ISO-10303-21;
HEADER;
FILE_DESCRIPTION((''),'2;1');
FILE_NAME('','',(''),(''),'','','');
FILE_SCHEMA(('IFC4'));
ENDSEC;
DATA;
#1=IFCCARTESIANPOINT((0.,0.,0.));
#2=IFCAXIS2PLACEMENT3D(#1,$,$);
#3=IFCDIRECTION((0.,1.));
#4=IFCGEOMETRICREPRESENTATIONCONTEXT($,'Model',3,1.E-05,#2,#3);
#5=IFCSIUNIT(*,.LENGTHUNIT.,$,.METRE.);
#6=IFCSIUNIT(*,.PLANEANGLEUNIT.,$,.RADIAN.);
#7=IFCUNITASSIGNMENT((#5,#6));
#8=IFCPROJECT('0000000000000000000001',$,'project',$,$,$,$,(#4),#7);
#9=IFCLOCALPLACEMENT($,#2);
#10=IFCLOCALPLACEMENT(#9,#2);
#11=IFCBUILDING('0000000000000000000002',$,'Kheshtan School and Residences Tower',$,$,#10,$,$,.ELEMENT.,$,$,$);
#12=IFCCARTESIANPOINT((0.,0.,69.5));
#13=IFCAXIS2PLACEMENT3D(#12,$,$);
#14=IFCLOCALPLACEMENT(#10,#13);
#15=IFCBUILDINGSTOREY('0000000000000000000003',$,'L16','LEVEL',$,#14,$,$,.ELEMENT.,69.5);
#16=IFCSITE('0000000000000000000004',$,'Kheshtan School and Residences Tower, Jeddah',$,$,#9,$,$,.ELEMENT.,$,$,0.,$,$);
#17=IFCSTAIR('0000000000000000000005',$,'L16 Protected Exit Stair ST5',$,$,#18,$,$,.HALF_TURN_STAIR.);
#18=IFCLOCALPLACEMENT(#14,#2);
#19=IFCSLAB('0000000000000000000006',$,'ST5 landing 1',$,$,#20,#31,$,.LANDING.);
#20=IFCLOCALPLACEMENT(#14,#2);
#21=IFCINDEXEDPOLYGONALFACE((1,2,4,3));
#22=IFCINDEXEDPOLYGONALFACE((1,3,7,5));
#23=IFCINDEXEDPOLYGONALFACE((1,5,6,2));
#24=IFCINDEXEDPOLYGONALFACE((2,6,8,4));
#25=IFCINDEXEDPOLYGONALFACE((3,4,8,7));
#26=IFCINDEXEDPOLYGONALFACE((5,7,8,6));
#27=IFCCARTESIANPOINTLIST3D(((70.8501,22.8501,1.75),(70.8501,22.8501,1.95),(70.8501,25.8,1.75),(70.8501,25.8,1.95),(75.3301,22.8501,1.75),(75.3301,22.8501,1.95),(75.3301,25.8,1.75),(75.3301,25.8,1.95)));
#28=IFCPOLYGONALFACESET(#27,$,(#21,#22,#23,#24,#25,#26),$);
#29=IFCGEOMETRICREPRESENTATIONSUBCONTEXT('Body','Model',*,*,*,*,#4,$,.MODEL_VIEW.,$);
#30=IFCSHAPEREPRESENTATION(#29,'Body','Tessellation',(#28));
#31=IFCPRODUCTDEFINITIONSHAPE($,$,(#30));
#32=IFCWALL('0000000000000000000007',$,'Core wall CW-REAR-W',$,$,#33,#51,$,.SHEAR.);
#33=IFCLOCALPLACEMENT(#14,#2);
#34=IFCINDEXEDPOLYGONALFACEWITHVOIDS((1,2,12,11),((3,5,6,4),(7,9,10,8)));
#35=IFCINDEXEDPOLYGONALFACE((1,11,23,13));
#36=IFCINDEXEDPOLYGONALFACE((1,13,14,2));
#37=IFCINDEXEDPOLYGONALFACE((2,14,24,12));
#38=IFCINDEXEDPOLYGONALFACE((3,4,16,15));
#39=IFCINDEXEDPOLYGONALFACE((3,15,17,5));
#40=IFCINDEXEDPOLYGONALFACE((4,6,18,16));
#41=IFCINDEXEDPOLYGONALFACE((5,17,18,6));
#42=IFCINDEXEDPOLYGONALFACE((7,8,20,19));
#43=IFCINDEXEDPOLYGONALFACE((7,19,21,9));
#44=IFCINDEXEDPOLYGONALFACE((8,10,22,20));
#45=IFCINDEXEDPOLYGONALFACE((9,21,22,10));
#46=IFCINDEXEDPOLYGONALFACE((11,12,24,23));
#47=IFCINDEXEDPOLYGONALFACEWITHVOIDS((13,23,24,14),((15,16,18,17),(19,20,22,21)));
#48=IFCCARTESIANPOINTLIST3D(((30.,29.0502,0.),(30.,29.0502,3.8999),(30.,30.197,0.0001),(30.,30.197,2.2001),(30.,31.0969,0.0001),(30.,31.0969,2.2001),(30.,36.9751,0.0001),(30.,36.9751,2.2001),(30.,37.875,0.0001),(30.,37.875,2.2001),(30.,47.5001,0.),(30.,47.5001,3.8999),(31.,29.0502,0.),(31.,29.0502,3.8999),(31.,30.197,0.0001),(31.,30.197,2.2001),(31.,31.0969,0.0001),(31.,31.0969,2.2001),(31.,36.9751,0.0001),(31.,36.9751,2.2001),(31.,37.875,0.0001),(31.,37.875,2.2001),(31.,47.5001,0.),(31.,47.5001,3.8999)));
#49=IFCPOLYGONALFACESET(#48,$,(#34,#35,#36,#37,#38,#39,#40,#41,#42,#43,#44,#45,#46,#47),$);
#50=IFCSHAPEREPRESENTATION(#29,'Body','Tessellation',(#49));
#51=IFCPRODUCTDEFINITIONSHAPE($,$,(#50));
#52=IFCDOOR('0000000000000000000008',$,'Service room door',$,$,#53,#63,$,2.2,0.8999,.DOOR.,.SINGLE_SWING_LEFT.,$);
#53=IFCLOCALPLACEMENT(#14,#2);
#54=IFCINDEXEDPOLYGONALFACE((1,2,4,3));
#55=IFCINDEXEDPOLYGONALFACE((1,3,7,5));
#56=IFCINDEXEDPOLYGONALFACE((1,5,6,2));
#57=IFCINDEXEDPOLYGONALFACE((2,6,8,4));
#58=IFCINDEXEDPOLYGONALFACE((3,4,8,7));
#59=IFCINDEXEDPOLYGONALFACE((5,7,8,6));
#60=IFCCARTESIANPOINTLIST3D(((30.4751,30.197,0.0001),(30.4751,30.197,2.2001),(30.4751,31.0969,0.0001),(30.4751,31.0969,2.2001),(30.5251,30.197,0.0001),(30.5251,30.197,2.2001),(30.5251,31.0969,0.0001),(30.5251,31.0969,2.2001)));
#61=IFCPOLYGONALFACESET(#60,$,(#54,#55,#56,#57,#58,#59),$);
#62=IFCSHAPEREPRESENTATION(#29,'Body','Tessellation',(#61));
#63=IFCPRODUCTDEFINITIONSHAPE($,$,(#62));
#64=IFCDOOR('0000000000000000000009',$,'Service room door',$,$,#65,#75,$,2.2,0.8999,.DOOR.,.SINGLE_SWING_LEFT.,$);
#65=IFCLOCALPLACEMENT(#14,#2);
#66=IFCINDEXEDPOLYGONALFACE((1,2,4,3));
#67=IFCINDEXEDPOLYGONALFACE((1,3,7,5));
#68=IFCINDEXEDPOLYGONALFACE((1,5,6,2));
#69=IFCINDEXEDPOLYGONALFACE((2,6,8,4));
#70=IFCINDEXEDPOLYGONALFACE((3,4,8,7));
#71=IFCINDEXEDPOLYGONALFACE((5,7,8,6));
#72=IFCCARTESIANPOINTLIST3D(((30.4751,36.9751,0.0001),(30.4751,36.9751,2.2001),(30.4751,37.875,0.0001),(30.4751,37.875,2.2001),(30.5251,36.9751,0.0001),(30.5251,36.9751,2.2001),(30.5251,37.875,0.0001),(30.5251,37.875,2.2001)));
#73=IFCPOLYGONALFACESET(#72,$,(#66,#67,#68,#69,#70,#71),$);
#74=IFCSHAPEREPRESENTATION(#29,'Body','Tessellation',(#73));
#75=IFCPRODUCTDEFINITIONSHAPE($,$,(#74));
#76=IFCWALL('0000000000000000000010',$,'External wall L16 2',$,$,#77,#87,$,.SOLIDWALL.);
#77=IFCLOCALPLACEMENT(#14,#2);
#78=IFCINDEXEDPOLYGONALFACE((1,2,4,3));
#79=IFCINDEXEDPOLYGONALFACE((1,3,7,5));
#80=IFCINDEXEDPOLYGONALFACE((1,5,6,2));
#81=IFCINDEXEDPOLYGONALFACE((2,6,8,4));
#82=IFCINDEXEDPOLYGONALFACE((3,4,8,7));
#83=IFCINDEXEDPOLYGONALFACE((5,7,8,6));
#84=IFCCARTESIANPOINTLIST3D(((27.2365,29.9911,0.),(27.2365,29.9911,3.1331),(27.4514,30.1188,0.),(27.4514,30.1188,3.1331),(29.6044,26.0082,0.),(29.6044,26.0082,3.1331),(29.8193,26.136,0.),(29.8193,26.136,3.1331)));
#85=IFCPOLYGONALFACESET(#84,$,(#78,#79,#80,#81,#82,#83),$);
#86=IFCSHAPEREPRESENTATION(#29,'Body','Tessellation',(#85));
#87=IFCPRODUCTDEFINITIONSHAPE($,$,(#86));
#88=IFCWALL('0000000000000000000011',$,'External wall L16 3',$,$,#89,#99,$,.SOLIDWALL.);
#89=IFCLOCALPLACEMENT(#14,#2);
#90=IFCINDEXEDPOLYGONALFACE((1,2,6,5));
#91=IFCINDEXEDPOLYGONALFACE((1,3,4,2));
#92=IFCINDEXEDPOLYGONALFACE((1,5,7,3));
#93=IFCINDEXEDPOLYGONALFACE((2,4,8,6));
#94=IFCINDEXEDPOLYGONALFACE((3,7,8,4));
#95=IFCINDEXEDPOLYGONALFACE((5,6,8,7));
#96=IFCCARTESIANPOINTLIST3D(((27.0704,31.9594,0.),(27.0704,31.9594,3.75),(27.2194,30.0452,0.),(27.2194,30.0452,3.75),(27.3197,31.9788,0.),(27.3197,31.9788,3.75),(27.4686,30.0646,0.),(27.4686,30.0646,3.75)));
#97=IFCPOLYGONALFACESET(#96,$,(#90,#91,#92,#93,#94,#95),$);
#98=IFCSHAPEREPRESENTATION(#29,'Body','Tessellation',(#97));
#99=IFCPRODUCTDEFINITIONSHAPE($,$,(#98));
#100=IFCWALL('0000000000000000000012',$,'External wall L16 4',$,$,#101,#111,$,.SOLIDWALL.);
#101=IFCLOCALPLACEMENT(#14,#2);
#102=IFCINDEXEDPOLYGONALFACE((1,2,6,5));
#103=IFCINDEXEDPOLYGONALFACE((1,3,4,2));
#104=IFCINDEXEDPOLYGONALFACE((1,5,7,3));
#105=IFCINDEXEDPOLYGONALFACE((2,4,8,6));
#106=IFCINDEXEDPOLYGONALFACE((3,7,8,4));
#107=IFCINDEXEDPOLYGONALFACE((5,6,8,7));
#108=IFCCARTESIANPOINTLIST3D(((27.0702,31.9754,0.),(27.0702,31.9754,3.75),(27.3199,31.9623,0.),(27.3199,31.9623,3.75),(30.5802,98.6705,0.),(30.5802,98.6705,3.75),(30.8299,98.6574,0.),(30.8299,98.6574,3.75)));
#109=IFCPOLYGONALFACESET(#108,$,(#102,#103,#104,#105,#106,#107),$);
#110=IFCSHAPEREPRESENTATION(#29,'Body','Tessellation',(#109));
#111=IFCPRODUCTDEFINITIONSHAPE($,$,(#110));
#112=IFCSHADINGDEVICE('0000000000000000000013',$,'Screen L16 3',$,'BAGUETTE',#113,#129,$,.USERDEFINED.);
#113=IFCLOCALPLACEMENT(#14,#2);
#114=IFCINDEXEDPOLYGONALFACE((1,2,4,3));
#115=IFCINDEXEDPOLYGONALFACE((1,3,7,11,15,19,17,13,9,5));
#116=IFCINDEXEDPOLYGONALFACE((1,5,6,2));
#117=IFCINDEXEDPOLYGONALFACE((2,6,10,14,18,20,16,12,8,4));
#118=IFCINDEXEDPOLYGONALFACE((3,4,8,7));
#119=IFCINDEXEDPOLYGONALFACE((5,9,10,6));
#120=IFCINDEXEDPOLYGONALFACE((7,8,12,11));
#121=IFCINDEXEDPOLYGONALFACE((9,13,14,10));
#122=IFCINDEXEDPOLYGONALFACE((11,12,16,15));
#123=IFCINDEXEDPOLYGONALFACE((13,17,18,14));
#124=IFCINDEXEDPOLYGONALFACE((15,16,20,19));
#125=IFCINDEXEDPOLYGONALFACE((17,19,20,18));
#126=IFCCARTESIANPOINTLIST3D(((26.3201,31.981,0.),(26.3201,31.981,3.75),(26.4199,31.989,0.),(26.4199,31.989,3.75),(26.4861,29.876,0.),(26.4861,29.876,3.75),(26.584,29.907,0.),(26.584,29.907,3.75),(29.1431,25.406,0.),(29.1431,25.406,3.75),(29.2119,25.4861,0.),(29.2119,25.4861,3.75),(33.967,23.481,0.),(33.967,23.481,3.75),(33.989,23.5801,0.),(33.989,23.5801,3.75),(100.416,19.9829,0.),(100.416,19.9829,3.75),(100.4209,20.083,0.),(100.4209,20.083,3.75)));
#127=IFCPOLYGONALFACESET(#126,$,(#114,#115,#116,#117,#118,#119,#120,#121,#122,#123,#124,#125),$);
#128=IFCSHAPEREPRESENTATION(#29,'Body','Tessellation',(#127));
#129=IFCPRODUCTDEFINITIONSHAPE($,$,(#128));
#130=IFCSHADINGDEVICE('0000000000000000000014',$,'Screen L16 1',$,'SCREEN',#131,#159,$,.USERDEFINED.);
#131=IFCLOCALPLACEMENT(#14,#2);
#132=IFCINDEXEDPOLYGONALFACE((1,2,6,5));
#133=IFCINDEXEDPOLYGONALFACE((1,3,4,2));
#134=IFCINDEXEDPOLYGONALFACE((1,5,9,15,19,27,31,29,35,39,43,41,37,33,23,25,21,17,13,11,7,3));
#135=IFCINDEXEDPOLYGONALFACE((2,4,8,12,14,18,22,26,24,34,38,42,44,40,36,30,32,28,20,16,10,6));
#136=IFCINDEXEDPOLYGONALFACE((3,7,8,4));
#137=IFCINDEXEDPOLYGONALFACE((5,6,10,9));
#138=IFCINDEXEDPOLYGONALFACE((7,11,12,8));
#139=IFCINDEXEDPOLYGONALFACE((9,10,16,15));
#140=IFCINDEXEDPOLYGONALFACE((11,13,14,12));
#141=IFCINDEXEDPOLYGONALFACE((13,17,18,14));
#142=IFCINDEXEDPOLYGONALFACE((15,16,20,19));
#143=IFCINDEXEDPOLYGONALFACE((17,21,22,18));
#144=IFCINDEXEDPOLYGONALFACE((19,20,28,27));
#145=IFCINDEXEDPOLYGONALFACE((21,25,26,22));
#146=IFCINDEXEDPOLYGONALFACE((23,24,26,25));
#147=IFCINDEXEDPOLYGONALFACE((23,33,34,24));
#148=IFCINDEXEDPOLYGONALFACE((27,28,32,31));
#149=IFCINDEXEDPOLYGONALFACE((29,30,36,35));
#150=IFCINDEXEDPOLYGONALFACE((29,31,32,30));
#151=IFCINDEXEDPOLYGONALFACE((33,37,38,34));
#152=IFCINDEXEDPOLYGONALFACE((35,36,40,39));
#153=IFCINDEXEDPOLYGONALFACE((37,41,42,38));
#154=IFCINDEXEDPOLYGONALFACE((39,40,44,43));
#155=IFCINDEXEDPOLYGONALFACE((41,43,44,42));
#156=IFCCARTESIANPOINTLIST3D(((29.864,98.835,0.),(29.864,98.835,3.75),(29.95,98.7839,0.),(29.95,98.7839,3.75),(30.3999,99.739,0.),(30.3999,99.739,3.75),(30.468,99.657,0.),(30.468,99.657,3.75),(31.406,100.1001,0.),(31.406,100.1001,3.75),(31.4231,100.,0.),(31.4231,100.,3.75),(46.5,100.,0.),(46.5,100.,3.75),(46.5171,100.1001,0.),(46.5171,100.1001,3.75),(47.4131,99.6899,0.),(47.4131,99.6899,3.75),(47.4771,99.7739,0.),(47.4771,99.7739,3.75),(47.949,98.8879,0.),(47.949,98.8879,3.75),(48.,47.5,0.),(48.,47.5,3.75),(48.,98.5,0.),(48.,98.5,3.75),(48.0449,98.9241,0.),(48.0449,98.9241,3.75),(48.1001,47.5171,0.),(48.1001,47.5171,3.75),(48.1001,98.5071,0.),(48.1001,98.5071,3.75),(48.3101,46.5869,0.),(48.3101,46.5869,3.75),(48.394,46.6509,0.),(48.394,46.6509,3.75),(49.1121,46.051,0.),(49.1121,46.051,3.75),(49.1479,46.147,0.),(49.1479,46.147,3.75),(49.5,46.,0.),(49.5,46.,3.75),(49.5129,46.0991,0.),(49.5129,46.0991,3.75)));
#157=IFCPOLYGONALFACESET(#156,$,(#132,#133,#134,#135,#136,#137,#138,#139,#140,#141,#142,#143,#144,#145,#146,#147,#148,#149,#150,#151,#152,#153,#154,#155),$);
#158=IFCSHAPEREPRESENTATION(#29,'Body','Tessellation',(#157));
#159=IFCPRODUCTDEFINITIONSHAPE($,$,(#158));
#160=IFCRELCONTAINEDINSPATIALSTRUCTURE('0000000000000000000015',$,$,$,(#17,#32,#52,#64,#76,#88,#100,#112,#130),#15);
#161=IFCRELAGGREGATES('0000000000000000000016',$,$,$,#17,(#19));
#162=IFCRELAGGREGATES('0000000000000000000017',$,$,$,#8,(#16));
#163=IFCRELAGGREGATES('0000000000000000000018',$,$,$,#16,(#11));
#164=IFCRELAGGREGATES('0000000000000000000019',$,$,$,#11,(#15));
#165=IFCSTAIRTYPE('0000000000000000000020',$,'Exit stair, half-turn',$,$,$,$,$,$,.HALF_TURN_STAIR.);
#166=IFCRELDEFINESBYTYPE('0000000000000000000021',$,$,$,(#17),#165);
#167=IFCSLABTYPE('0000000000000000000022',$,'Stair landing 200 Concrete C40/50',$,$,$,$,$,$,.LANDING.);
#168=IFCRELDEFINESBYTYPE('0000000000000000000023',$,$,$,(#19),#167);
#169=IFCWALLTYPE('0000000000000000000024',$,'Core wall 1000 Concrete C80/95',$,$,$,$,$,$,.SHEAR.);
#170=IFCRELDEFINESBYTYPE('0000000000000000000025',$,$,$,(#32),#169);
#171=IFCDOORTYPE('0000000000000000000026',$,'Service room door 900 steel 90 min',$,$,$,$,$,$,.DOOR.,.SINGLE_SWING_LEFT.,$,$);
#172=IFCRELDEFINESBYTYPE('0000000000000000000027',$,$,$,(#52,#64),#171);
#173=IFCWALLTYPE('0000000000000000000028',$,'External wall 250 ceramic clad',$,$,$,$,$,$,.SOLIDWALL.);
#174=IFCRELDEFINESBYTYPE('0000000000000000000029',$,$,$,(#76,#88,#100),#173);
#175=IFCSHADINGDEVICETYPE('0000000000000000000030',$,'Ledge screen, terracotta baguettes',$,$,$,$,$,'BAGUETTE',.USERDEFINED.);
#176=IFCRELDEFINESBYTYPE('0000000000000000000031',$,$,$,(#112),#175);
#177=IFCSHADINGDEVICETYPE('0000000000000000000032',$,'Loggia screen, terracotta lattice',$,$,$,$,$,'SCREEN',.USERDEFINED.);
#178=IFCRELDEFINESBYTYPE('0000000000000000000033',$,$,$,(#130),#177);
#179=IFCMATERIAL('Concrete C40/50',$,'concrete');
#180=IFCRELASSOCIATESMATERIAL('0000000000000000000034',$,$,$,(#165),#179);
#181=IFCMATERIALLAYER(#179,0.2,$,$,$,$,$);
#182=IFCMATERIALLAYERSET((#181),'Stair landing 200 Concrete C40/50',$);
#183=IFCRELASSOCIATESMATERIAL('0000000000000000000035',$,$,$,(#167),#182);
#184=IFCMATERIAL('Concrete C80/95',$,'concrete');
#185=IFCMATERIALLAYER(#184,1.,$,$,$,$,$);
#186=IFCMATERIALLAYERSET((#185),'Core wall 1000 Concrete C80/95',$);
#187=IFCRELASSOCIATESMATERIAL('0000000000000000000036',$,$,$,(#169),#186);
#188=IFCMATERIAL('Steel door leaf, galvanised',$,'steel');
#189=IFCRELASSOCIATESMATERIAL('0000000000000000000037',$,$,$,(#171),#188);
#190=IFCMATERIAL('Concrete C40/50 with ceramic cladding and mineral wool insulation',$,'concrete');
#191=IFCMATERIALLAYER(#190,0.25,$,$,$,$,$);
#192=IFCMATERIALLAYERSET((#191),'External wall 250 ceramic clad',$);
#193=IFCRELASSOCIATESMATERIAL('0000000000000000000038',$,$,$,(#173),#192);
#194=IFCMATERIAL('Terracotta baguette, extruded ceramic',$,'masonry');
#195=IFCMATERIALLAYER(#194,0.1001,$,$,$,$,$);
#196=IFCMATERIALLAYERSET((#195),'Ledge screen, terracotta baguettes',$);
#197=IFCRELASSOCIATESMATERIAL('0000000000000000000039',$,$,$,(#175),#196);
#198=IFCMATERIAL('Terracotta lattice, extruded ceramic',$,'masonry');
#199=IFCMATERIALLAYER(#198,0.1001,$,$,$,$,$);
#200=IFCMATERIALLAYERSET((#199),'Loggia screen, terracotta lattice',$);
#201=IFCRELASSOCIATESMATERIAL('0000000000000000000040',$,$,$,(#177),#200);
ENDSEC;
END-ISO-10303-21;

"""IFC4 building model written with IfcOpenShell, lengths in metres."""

from ifc_helpers import new_model, si_unit, direction, frame, frame_2d, origin, place, context, subcontext, project, spatial, polyline, rectangle, outline, extrude, source, transform, mapped, material, layer, layer_set, type_object, element, fill, aggregate, save


model = new_model("IFC4")

# Units and contexts
model_context = context("Model", 3, precision=1e-05, world=origin(), true_north=direction((0.0, 1.0)))
body_context = subcontext(model_context, "Body", "Model", "MODEL_VIEW")
ifc_project = project(units=[si_unit("LENGTHUNIT", "METRE"), si_unit("PLANEANGLEUNIT", "RADIAN")], contexts=[model_context])

# Site, building, storey
site_placement = place(None, origin())
site = spatial("IfcSite", under=ifc_project, at=site_placement, Name="Kheshtan School and Residences Tower, Jeddah", CompositionType="ELEMENT", RefElevation=0.0)
building_placement = place(site_placement, origin())
building = spatial("IfcBuilding", under=site, at=building_placement, Name="Kheshtan School and Residences Tower", CompositionType="ELEMENT")
storey_placement = place(building_placement, frame((0.0, 0.0, 69.5)))
storey = spatial("IfcBuildingStorey", under=building, at=storey_placement, Name="L16", Description="LEVEL", CompositionType="ELEMENT", Elevation=69.5)

# Shared definitions
ifc_material_1 = material(Name="Concrete C40/50", Category="concrete")

# Stair, slab
stair_type = type_object("IfcStairType", Name="Exit stair, half-turn", PredefinedType="HALF_TURN_STAIR", material=ifc_material_1)
ifc_layer_1 = layer(ifc_material_1, 0.2)
ifc_layer_set_1 = layer_set([ifc_layer_1], Name="Stair landing 200 Concrete C40/50")
slab_type_1 = type_object("IfcSlabType", Name="Stair landing 200 Concrete C40/50", PredefinedType="LANDING", material=ifc_layer_set_1)
stair_1_placement = place(storey_placement, origin())
stair_1 = element("IfcStair", 1, at=stair_1_placement, inside=storey, type_object=stair_type, Name="L16 Protected Exit Stair ST5", PredefinedType="HALF_TURN_STAIR")
slab_1_placement = place(storey_placement, frame((0.0, 0.0, 1.75)))
slab_1 = element("IfcSlab", 2, at=slab_1_placement, type_object=slab_type_1, Name="ST5 landing 1", PredefinedType="LANDING", context=body_context, shape_type="SweptSolid", body=[
    extrude(outline(polyline([(75.3301, 25.8), (70.8501, 25.8), (70.8501, 22.8501), (75.3301, 22.8501), (75.3301, 25.8)])), origin(), (0.0, 0.0, 1.0), 0.2),
])
aggregate(stair_1, [slab_1])

# Wall, openings, doors
ifc_material_2 = material(Name="Concrete C80/95", Category="concrete")
ifc_layer_2 = layer(ifc_material_2, 1.0)
ifc_layer_set_2 = layer_set([ifc_layer_2], Name="Core wall 1000 Concrete C80/95")
wall_type_1 = type_object("IfcWallType", Name="Core wall 1000 Concrete C80/95", PredefinedType="SHEAR", material=ifc_layer_set_2)
wall_1_placement = place(storey_placement, frame((30.5, 29.05, 0.0), z_axis=(0.0, 0.0, 1.0), x_axis=(0.0, 1.0, 0.0)))
wall_1 = element("IfcWall", 3, at=wall_1_placement, inside=storey, type_object=wall_type_1, Name="Core wall CW-REAR-W", PredefinedType="SHEAR", context=body_context, shape_type="SweptSolid", body=[
    extrude(rectangle(XDim=18.45, YDim=1.0, at=frame_2d((9.2251, 0.0))), origin(), (0.0, 0.0, 1.0), 3.8999),
])
opening_1_placement = place(wall_1_placement, frame((1.147, 0.0, 0.0)))
opening_1 = element("IfcOpeningElement", 4, at=opening_1_placement, cuts=wall_1, PredefinedType="OPENING", context=body_context, shape_type="SweptSolid", body=[
    extrude(rectangle(XDim=0.8999, YDim=2.2, at=frame_2d((0.45, 1.1001))), frame((0.0, 0.51, 0.0), z_axis=(0.0, -1.0, 0.0), x_axis=(1.0, 0.0, 0.0)), (0.0, 0.0, 1.0), 1.02),
])
opening_2_placement = place(wall_1_placement, frame((7.925, 0.0, 0.0)))
opening_2 = element("IfcOpeningElement", 5, at=opening_2_placement, cuts=wall_1, PredefinedType="OPENING", context=body_context, shape_type="SweptSolid", body=[
    extrude(rectangle(XDim=0.8999, YDim=2.2, at=frame_2d((0.45, 1.1001))), frame((0.0, 0.51, 0.0), z_axis=(0.0, -1.0, 0.0), x_axis=(1.0, 0.0, 0.0)), (0.0, 0.0, 1.0), 1.02),
])
ifc_material_3 = material(Name="Steel door leaf, galvanised", Category="steel")
door_type = type_object("IfcDoorType", Name="Service room door 900 steel 90 min", OperationType="SINGLE_SWING_LEFT", PredefinedType="DOOR", material=ifc_material_3)
shared_shape = source(origin(), body_context, "Body", "SweptSolid", [
    extrude(rectangle(XDim=0.8999, YDim=2.2, at=frame_2d((0.45, 1.1001))), frame((0.0, 0.0249, 0.0), z_axis=(0.0, -1.0, 0.0), x_axis=(1.0, 0.0, 0.0)), (0.0, 0.0, 1.0), 0.05),
])
door_1_placement = place(opening_1_placement, origin())
door_1 = element("IfcDoor", 6, at=door_1_placement, inside=storey, type_object=door_type, Name="Service room door", OperationType="SINGLE_SWING_LEFT", OverallHeight=2.2, OverallWidth=0.8999, PredefinedType="DOOR", context=body_context, shape_type="MappedRepresentation", body=[
    mapped(shared_shape, transform((0.0, 0.0, 0.0), x_axis=(1.0, 0.0, 0.0), y_axis=(0.0, 1.0, 0.0), z_axis=(0.0, 0.0, 1.0), scale=1.0)),
])
fill(opening_1, door_1)
door_2_placement = place(opening_2_placement, origin())
door_2 = element("IfcDoor", 7, at=door_2_placement, inside=storey, type_object=door_type, Name="Service room door", OperationType="SINGLE_SWING_LEFT", OverallHeight=2.2, OverallWidth=0.8999, PredefinedType="DOOR", context=body_context, shape_type="MappedRepresentation", body=[
    mapped(shared_shape, transform((0.0, 0.0, 0.0), x_axis=(1.0, 0.0, 0.0), y_axis=(0.0, 1.0, 0.0), z_axis=(0.0, 0.0, 1.0), scale=1.0)),
])
fill(opening_2, door_2)

# Walls
ifc_material_4 = material(Name="Concrete C40/50 with ceramic cladding and mineral wool insulation", Category="concrete")
ifc_layer_3 = layer(ifc_material_4, 0.25)
ifc_layer_set_3 = layer_set([ifc_layer_3], Name="External wall 250 ceramic clad")
wall_type_2 = type_object("IfcWallType", Name="External wall 250 ceramic clad", PredefinedType="SOLIDWALL", material=ifc_layer_set_3)
wall_2_placement = place(storey_placement, frame((29.7119, 26.072, 0.0), z_axis=(0.0, 0.0, 1.0), x_axis=(-0.511028, 0.859564, 0.0)))
element("IfcWall", 8, at=wall_2_placement, inside=storey, type_object=wall_type_2, Name="External wall L16 2", PredefinedType="SOLIDWALL", context=body_context, shape_type="SweptSolid", body=[
    extrude(rectangle(XDim=4.6335, YDim=0.25, at=frame_2d((2.3169, 0.0))), origin(), (0.0, 0.0, 1.0), 3.1331),
])
wall_3_placement = place(storey_placement, frame((27.344, 30.0549, 0.0), z_axis=(0.0, 0.0, 1.0), x_axis=(-0.077572, 0.996987, 0.0)))
element("IfcWall", 9, at=wall_3_placement, inside=storey, type_object=wall_type_2, Name="External wall L16 3", PredefinedType="SOLIDWALL", context=body_context, shape_type="SweptSolid", body=[
    extrude(rectangle(XDim=1.9199, YDim=0.25, at=frame_2d((0.96, 0.0))), origin(), (0.0, 0.0, 1.0), 3.75),
])
wall_4_placement = place(storey_placement, frame((27.1951, 31.969, 0.0), z_axis=(0.0, 0.0, 1.0), x_axis=(0.052555, 0.998618, 0.0)))
element("IfcWall", 10, at=wall_4_placement, inside=storey, type_object=wall_type_2, Name="External wall L16 4", PredefinedType="SOLIDWALL", context=body_context, shape_type="SweptSolid", body=[
    extrude(rectangle(XDim=66.7874, YDim=0.25, at=frame_2d((33.3936, 0.0))), origin(), (0.0, 0.0, 1.0), 3.75),
])

# Shading devices
ifc_material_5 = material(Name="Terracotta baguette, extruded ceramic", Category="masonry")
ifc_layer_4 = layer(ifc_material_5, 0.1001)
ifc_layer_set_4 = layer_set([ifc_layer_4], Name="Ledge screen, terracotta baguettes")
shading_device_type_1 = type_object("IfcShadingDeviceType", Name="Ledge screen, terracotta baguettes", ElementType="BAGUETTE", PredefinedType="USERDEFINED", material=ifc_layer_set_4)
shading_device_1_placement = place(storey_placement, origin())
element("IfcShadingDevice", 11, at=shading_device_1_placement, inside=storey, type_object=shading_device_type_1, Name="Screen L16 3", ObjectType="BAGUETTE", PredefinedType="USERDEFINED", context=body_context, shape_type="SweptSolid", body=[
    extrude(outline(polyline([(100.4209, 20.083), (33.989, 23.5801), (29.2119, 25.4861), (26.584, 29.907), (26.4199, 31.989), (26.3201, 31.981), (26.4861, 29.876), (29.1431, 25.406), (33.967, 23.481), (100.416, 19.9829), (100.4209, 20.083)])), origin(), (0.0, 0.0, 1.0), 3.75),
])
ifc_material_6 = material(Name="Terracotta lattice, extruded ceramic", Category="masonry")
ifc_layer_5 = layer(ifc_material_6, 0.1001)
ifc_layer_set_5 = layer_set([ifc_layer_5], Name="Loggia screen, terracotta lattice")
shading_device_type_2 = type_object("IfcShadingDeviceType", Name="Loggia screen, terracotta lattice", ElementType="SCREEN", PredefinedType="USERDEFINED", material=ifc_layer_set_5)
shading_device_2_placement = place(storey_placement, origin())
element("IfcShadingDevice", 12, at=shading_device_2_placement, inside=storey, type_object=shading_device_type_2, Name="Screen L16 1", ObjectType="SCREEN", PredefinedType="USERDEFINED", context=body_context, shape_type="SweptSolid", body=[
    extrude(outline(polyline([(29.95, 98.7839), (30.468, 99.657), (31.4231, 100.0), (46.5, 100.0), (47.4131, 99.6899), (47.949, 98.8879), (48.0, 98.5), (48.0, 47.5), (48.3101, 46.5869), (49.1121, 46.051), (49.5, 46.0), (49.5129, 46.0991), (49.1479, 46.147), (48.394, 46.6509), (48.1001, 47.5171), (48.1001, 98.5071), (48.0449, 98.9241), (47.4771, 99.7739), (46.5171, 100.1001), (31.406, 100.1001), (30.3999, 99.739), (29.864, 98.835), (29.95, 98.7839)])), origin(), (0.0, 0.0, 1.0), 3.75),
])

save(model, "model.ifc")
